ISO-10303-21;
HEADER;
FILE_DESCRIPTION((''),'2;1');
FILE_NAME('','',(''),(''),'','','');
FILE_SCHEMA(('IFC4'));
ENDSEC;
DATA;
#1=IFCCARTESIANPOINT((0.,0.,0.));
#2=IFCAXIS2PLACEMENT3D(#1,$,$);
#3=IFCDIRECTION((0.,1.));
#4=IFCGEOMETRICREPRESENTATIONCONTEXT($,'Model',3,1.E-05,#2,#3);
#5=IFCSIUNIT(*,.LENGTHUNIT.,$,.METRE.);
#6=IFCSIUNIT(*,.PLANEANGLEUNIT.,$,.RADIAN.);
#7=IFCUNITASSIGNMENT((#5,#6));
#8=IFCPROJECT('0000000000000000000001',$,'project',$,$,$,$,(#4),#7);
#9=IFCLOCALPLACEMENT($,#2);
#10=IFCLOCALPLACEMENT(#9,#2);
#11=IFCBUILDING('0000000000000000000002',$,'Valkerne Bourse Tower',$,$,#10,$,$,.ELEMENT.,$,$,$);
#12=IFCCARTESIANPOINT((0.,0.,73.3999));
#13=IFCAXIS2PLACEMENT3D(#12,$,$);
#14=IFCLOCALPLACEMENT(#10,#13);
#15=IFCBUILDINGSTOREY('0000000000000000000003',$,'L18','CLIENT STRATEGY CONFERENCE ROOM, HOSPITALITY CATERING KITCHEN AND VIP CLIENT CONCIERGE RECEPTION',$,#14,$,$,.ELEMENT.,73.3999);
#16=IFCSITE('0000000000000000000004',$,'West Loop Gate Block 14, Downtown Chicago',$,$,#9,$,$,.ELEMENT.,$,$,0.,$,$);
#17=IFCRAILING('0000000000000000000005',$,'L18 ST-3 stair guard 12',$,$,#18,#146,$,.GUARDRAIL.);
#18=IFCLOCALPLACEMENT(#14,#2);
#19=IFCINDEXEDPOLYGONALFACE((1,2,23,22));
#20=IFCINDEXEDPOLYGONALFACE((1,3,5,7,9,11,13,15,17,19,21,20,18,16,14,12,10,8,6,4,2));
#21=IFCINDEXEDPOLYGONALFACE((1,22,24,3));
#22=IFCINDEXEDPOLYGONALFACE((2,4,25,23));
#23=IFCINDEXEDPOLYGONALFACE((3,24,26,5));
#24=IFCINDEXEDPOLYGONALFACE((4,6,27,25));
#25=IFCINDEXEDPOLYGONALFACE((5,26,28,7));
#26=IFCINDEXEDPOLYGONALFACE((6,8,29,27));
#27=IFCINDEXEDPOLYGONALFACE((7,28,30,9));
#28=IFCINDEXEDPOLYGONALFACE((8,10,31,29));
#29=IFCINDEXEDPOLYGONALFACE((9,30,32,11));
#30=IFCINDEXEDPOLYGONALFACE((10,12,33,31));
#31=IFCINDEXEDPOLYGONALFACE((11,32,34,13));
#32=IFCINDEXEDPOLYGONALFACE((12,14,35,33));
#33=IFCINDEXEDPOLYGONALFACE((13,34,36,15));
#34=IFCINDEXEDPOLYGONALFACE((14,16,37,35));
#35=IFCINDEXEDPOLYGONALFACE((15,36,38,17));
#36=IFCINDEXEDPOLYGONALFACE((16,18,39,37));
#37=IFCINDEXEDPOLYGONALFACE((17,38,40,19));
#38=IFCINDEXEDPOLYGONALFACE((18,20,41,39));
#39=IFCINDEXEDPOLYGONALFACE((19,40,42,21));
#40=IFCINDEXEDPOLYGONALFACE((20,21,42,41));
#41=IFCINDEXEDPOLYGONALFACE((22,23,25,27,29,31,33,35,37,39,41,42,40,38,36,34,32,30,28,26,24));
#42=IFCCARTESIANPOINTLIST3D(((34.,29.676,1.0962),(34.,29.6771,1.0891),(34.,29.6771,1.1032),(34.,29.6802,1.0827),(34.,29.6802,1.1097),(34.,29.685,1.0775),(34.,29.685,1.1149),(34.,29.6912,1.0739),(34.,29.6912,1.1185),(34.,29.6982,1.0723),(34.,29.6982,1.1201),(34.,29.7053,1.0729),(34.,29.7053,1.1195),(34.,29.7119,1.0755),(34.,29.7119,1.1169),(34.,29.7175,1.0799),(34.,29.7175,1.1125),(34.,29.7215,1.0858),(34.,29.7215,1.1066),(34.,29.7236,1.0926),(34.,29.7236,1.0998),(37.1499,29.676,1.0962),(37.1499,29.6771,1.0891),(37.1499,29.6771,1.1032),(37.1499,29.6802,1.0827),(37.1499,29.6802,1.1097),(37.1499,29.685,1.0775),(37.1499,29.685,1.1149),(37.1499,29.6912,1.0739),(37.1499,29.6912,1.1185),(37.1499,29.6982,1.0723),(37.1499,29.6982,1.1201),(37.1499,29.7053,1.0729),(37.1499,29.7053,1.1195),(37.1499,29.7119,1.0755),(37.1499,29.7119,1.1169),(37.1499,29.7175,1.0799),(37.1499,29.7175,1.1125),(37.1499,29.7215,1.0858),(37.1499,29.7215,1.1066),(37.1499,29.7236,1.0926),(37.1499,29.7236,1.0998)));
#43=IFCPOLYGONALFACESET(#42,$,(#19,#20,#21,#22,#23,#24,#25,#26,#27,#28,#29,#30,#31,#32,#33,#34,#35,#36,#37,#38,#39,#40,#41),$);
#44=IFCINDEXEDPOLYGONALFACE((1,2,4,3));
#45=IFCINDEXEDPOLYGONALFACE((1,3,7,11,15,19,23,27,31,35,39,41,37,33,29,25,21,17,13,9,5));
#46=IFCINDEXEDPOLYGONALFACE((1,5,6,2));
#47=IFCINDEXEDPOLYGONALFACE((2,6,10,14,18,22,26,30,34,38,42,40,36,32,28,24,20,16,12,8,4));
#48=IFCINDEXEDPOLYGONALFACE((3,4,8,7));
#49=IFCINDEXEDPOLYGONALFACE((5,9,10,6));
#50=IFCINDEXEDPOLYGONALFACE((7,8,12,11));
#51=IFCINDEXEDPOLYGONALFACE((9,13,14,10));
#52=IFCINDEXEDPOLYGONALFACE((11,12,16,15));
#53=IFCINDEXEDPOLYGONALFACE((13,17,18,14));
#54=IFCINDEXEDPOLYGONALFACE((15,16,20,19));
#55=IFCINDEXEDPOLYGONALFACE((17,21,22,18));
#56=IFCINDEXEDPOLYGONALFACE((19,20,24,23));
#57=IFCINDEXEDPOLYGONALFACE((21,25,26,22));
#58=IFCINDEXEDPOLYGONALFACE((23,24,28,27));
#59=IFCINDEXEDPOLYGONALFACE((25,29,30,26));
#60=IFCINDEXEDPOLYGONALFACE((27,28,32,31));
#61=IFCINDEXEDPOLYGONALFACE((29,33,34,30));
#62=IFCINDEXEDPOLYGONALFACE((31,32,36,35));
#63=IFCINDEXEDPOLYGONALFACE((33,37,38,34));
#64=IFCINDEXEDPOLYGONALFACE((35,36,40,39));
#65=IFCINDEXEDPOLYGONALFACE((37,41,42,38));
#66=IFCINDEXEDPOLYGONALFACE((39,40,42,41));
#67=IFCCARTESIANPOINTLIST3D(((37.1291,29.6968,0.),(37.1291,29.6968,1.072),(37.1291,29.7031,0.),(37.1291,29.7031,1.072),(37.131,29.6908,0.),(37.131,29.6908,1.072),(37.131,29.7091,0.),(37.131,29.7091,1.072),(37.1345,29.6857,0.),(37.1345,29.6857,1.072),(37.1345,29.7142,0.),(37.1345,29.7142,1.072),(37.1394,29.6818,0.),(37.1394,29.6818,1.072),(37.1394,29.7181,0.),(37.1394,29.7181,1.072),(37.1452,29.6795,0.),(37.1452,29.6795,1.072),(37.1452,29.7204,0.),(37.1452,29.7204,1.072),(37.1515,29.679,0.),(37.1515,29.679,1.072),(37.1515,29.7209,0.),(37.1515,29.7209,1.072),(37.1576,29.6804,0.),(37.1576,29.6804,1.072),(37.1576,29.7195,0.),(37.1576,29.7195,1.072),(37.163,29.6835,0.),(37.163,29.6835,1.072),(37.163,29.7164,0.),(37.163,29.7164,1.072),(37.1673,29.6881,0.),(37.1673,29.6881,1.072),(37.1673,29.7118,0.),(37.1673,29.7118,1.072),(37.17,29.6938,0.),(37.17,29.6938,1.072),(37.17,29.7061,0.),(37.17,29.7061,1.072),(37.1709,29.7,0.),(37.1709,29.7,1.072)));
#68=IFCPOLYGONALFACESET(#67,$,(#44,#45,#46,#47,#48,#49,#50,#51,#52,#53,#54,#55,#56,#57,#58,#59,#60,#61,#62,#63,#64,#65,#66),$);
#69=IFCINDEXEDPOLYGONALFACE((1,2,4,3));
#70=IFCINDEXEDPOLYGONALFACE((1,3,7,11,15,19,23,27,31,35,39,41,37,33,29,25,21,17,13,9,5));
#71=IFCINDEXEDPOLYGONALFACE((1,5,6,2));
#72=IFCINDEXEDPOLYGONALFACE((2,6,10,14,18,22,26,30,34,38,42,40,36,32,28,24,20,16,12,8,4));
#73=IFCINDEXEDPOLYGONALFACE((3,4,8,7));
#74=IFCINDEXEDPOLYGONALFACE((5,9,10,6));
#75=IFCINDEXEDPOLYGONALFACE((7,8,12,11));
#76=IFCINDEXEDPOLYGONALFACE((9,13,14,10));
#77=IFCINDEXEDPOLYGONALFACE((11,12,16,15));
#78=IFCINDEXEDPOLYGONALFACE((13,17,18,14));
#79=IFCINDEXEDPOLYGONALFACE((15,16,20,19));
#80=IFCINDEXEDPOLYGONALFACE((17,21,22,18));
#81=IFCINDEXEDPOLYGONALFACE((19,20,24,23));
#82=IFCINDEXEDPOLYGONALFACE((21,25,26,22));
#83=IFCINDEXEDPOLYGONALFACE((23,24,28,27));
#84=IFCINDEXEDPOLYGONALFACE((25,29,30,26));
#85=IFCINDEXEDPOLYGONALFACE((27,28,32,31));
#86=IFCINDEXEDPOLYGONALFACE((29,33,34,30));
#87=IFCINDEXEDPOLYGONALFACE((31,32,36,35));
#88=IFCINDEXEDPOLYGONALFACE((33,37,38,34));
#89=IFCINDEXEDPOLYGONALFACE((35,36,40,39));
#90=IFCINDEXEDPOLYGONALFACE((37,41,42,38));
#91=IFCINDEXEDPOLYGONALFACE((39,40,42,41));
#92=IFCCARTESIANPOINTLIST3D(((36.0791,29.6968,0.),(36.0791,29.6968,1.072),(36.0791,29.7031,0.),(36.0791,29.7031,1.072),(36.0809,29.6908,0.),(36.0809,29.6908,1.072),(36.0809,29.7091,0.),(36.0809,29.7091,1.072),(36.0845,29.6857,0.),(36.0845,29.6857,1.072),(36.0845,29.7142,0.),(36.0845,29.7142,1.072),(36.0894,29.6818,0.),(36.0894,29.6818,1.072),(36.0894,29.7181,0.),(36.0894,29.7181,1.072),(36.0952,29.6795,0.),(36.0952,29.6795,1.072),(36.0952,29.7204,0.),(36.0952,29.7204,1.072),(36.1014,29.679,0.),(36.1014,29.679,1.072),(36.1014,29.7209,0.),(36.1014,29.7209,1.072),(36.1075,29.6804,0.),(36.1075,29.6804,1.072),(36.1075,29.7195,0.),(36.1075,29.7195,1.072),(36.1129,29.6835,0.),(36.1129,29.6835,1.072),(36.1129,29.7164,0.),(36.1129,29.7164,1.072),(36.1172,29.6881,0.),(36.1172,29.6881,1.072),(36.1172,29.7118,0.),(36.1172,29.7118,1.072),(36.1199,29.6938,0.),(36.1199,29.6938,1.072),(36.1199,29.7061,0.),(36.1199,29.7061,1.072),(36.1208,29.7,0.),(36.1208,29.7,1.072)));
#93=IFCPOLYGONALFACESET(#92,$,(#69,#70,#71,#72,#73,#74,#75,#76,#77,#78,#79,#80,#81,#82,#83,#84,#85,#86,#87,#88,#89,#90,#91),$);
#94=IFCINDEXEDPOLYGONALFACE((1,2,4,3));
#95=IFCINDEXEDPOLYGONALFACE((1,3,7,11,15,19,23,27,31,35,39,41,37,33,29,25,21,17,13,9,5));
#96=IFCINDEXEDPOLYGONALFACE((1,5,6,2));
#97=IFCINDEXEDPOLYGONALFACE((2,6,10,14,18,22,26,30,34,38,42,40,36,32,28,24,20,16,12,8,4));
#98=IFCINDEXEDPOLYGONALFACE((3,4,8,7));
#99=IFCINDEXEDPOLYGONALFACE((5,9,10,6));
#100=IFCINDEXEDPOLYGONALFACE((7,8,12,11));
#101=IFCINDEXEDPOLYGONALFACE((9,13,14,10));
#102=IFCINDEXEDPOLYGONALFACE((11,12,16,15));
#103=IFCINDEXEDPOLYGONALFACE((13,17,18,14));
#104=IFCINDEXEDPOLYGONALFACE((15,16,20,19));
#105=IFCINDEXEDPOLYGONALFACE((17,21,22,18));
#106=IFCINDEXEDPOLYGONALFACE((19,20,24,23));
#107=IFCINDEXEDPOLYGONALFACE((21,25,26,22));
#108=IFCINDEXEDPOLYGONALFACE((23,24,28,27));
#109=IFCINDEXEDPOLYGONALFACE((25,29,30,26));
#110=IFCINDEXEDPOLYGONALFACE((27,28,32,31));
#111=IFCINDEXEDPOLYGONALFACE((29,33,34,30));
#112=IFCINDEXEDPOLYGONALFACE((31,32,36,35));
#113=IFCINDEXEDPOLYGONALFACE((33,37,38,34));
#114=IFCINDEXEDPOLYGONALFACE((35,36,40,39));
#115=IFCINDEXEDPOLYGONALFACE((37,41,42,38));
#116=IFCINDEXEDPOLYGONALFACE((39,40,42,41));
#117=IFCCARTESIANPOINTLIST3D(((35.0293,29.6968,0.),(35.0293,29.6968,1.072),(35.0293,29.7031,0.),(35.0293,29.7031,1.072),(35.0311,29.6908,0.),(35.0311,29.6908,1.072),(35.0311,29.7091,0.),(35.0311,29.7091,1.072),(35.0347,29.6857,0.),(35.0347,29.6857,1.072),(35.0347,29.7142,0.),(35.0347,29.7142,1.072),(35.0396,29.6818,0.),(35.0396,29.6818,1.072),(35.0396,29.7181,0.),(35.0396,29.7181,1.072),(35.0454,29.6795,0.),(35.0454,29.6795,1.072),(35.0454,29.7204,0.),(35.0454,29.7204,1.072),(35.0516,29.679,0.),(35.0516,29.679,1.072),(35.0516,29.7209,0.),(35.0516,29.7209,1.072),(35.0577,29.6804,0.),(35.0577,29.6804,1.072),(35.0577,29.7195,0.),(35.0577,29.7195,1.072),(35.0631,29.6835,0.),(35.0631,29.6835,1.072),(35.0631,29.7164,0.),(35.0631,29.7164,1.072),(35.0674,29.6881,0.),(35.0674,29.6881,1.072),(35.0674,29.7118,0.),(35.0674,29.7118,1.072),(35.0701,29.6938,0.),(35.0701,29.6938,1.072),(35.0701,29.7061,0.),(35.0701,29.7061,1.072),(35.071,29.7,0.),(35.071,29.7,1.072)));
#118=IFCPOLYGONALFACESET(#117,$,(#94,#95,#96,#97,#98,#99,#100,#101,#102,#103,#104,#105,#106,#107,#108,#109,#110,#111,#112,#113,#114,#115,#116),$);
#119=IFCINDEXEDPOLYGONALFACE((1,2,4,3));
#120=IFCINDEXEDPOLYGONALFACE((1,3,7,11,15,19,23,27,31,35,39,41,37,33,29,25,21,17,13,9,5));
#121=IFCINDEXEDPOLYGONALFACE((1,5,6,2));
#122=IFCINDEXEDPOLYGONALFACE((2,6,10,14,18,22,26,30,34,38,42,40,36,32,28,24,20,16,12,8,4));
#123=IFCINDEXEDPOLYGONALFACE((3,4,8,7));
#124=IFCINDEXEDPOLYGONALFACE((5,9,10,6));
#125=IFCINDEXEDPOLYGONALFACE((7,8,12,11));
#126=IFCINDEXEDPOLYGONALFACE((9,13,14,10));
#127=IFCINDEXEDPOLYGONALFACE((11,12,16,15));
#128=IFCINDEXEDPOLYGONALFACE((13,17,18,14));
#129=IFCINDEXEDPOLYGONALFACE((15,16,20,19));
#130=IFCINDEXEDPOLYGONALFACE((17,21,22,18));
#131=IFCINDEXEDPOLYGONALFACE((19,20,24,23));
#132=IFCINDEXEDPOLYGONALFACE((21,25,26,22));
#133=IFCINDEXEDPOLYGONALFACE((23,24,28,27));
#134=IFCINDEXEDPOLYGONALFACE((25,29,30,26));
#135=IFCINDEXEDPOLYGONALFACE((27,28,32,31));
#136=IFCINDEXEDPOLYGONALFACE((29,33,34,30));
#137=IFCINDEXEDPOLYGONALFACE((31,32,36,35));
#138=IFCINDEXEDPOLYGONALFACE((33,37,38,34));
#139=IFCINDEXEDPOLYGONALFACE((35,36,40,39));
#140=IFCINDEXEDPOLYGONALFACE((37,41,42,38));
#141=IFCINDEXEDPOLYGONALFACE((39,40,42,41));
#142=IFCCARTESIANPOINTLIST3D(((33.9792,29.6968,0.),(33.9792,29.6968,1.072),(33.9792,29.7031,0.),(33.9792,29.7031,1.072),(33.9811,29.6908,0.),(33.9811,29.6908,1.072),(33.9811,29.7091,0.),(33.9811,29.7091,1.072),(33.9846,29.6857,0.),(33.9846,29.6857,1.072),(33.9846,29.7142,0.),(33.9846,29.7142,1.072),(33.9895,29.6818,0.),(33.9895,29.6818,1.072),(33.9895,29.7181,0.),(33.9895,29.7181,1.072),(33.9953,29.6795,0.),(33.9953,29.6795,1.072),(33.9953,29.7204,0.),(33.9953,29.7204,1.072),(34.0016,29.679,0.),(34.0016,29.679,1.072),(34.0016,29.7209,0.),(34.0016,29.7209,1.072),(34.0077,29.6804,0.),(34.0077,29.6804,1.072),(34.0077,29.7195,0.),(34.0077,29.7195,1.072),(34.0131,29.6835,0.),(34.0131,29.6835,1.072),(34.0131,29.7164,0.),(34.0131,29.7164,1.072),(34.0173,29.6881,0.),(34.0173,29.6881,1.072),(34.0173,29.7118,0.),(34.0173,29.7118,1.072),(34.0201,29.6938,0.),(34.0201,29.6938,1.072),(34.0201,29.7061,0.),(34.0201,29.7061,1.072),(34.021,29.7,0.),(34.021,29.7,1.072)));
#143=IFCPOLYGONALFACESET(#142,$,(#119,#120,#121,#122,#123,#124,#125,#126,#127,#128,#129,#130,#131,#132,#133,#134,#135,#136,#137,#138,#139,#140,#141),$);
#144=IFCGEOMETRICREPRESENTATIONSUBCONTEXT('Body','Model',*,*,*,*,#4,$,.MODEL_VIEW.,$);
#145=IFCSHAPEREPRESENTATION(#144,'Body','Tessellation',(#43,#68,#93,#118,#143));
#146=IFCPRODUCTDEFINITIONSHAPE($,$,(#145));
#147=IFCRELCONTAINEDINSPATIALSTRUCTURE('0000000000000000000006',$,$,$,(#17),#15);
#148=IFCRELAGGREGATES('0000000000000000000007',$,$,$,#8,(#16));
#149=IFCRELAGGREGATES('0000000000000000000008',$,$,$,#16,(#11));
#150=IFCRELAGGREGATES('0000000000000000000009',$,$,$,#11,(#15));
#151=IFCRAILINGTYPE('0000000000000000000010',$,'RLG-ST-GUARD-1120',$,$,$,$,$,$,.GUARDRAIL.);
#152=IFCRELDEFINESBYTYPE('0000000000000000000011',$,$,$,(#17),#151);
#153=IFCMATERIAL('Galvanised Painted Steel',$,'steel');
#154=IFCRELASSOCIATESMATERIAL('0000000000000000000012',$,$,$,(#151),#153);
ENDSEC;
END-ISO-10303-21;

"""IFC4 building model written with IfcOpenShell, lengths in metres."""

from ifc_helpers import new_model, si_unit, direction, frame, origin, origin_2d, place, context, subcontext, project, spatial, circle, extrude, material, type_object, element, save


model = new_model("IFC4")

# Units and contexts
model_context = context("Model", 3, precision=1e-05, world=origin(), true_north=direction((0.0, 1.0)))
body_context = subcontext(model_context, "Body", "Model", "MODEL_VIEW")
ifc_project = project(units=[si_unit("LENGTHUNIT", "METRE"), si_unit("PLANEANGLEUNIT", "RADIAN")], contexts=[model_context])

# Site, building, storey
site_placement = place(None, origin())
site = spatial("IfcSite", under=ifc_project, at=site_placement, Name="West Loop Gate Block 14, Downtown Chicago", CompositionType="ELEMENT", RefElevation=0.0)
building_placement = place(site_placement, origin())
building = spatial("IfcBuilding", under=site, at=building_placement, Name="Valkerne Bourse Tower", CompositionType="ELEMENT")
storey_placement = place(building_placement, frame((0.0, 0.0, 73.3999)))
storey = spatial("IfcBuildingStorey", under=building, at=storey_placement, Name="L18", Description="CLIENT STRATEGY CONFERENCE ROOM, HOSPITALITY CATERING KITCHEN AND VIP CLIENT CONCIERGE RECEPTION", CompositionType="ELEMENT", Elevation=73.3999)

# Shared definitions
ifc_material_1 = material(Name="Galvanised Painted Steel", Category="steel")

# Railing
railing_type_1 = type_object("IfcRailingType", Name="RLG-ST-GUARD-1120", PredefinedType="GUARDRAIL", material=ifc_material_1)
railing_1_placement = place(storey_placement, frame((37.1499, 29.7, 0.0)))
element("IfcRailing", 1, at=railing_1_placement, inside=storey, type_object=railing_type_1, Name="L18 ST-3 stair guard 12", PredefinedType="GUARDRAIL", context=body_context, shape_type="SweptSolid", body=[
    extrude(circle(Radius=0.0239, at=origin_2d()), frame((0.0, 0.0, 1.0962), z_axis=(-1.0, 0.0, 0.0), x_axis=(0.0, -1.0, 0.0)), (0.0, 0.0, 1.0), 3.1499),
    extrude(circle(Radius=0.021, at=origin_2d()), origin(), (0.0, 0.0, 1.0), 1.072),
    extrude(circle(Radius=0.021, at=origin_2d()), frame((-1.05, 0.0, 0.0)), (0.0, 0.0, 1.0), 1.072),
    extrude(circle(Radius=0.021, at=origin_2d()), frame((-2.0999, 0.0, 0.0)), (0.0, 0.0, 1.0), 1.072),
    extrude(circle(Radius=0.021, at=origin_2d()), frame((-3.1499, 0.0, 0.0)), (0.0, 0.0, 1.0), 1.072),
])

save(model, "model.ifc")
